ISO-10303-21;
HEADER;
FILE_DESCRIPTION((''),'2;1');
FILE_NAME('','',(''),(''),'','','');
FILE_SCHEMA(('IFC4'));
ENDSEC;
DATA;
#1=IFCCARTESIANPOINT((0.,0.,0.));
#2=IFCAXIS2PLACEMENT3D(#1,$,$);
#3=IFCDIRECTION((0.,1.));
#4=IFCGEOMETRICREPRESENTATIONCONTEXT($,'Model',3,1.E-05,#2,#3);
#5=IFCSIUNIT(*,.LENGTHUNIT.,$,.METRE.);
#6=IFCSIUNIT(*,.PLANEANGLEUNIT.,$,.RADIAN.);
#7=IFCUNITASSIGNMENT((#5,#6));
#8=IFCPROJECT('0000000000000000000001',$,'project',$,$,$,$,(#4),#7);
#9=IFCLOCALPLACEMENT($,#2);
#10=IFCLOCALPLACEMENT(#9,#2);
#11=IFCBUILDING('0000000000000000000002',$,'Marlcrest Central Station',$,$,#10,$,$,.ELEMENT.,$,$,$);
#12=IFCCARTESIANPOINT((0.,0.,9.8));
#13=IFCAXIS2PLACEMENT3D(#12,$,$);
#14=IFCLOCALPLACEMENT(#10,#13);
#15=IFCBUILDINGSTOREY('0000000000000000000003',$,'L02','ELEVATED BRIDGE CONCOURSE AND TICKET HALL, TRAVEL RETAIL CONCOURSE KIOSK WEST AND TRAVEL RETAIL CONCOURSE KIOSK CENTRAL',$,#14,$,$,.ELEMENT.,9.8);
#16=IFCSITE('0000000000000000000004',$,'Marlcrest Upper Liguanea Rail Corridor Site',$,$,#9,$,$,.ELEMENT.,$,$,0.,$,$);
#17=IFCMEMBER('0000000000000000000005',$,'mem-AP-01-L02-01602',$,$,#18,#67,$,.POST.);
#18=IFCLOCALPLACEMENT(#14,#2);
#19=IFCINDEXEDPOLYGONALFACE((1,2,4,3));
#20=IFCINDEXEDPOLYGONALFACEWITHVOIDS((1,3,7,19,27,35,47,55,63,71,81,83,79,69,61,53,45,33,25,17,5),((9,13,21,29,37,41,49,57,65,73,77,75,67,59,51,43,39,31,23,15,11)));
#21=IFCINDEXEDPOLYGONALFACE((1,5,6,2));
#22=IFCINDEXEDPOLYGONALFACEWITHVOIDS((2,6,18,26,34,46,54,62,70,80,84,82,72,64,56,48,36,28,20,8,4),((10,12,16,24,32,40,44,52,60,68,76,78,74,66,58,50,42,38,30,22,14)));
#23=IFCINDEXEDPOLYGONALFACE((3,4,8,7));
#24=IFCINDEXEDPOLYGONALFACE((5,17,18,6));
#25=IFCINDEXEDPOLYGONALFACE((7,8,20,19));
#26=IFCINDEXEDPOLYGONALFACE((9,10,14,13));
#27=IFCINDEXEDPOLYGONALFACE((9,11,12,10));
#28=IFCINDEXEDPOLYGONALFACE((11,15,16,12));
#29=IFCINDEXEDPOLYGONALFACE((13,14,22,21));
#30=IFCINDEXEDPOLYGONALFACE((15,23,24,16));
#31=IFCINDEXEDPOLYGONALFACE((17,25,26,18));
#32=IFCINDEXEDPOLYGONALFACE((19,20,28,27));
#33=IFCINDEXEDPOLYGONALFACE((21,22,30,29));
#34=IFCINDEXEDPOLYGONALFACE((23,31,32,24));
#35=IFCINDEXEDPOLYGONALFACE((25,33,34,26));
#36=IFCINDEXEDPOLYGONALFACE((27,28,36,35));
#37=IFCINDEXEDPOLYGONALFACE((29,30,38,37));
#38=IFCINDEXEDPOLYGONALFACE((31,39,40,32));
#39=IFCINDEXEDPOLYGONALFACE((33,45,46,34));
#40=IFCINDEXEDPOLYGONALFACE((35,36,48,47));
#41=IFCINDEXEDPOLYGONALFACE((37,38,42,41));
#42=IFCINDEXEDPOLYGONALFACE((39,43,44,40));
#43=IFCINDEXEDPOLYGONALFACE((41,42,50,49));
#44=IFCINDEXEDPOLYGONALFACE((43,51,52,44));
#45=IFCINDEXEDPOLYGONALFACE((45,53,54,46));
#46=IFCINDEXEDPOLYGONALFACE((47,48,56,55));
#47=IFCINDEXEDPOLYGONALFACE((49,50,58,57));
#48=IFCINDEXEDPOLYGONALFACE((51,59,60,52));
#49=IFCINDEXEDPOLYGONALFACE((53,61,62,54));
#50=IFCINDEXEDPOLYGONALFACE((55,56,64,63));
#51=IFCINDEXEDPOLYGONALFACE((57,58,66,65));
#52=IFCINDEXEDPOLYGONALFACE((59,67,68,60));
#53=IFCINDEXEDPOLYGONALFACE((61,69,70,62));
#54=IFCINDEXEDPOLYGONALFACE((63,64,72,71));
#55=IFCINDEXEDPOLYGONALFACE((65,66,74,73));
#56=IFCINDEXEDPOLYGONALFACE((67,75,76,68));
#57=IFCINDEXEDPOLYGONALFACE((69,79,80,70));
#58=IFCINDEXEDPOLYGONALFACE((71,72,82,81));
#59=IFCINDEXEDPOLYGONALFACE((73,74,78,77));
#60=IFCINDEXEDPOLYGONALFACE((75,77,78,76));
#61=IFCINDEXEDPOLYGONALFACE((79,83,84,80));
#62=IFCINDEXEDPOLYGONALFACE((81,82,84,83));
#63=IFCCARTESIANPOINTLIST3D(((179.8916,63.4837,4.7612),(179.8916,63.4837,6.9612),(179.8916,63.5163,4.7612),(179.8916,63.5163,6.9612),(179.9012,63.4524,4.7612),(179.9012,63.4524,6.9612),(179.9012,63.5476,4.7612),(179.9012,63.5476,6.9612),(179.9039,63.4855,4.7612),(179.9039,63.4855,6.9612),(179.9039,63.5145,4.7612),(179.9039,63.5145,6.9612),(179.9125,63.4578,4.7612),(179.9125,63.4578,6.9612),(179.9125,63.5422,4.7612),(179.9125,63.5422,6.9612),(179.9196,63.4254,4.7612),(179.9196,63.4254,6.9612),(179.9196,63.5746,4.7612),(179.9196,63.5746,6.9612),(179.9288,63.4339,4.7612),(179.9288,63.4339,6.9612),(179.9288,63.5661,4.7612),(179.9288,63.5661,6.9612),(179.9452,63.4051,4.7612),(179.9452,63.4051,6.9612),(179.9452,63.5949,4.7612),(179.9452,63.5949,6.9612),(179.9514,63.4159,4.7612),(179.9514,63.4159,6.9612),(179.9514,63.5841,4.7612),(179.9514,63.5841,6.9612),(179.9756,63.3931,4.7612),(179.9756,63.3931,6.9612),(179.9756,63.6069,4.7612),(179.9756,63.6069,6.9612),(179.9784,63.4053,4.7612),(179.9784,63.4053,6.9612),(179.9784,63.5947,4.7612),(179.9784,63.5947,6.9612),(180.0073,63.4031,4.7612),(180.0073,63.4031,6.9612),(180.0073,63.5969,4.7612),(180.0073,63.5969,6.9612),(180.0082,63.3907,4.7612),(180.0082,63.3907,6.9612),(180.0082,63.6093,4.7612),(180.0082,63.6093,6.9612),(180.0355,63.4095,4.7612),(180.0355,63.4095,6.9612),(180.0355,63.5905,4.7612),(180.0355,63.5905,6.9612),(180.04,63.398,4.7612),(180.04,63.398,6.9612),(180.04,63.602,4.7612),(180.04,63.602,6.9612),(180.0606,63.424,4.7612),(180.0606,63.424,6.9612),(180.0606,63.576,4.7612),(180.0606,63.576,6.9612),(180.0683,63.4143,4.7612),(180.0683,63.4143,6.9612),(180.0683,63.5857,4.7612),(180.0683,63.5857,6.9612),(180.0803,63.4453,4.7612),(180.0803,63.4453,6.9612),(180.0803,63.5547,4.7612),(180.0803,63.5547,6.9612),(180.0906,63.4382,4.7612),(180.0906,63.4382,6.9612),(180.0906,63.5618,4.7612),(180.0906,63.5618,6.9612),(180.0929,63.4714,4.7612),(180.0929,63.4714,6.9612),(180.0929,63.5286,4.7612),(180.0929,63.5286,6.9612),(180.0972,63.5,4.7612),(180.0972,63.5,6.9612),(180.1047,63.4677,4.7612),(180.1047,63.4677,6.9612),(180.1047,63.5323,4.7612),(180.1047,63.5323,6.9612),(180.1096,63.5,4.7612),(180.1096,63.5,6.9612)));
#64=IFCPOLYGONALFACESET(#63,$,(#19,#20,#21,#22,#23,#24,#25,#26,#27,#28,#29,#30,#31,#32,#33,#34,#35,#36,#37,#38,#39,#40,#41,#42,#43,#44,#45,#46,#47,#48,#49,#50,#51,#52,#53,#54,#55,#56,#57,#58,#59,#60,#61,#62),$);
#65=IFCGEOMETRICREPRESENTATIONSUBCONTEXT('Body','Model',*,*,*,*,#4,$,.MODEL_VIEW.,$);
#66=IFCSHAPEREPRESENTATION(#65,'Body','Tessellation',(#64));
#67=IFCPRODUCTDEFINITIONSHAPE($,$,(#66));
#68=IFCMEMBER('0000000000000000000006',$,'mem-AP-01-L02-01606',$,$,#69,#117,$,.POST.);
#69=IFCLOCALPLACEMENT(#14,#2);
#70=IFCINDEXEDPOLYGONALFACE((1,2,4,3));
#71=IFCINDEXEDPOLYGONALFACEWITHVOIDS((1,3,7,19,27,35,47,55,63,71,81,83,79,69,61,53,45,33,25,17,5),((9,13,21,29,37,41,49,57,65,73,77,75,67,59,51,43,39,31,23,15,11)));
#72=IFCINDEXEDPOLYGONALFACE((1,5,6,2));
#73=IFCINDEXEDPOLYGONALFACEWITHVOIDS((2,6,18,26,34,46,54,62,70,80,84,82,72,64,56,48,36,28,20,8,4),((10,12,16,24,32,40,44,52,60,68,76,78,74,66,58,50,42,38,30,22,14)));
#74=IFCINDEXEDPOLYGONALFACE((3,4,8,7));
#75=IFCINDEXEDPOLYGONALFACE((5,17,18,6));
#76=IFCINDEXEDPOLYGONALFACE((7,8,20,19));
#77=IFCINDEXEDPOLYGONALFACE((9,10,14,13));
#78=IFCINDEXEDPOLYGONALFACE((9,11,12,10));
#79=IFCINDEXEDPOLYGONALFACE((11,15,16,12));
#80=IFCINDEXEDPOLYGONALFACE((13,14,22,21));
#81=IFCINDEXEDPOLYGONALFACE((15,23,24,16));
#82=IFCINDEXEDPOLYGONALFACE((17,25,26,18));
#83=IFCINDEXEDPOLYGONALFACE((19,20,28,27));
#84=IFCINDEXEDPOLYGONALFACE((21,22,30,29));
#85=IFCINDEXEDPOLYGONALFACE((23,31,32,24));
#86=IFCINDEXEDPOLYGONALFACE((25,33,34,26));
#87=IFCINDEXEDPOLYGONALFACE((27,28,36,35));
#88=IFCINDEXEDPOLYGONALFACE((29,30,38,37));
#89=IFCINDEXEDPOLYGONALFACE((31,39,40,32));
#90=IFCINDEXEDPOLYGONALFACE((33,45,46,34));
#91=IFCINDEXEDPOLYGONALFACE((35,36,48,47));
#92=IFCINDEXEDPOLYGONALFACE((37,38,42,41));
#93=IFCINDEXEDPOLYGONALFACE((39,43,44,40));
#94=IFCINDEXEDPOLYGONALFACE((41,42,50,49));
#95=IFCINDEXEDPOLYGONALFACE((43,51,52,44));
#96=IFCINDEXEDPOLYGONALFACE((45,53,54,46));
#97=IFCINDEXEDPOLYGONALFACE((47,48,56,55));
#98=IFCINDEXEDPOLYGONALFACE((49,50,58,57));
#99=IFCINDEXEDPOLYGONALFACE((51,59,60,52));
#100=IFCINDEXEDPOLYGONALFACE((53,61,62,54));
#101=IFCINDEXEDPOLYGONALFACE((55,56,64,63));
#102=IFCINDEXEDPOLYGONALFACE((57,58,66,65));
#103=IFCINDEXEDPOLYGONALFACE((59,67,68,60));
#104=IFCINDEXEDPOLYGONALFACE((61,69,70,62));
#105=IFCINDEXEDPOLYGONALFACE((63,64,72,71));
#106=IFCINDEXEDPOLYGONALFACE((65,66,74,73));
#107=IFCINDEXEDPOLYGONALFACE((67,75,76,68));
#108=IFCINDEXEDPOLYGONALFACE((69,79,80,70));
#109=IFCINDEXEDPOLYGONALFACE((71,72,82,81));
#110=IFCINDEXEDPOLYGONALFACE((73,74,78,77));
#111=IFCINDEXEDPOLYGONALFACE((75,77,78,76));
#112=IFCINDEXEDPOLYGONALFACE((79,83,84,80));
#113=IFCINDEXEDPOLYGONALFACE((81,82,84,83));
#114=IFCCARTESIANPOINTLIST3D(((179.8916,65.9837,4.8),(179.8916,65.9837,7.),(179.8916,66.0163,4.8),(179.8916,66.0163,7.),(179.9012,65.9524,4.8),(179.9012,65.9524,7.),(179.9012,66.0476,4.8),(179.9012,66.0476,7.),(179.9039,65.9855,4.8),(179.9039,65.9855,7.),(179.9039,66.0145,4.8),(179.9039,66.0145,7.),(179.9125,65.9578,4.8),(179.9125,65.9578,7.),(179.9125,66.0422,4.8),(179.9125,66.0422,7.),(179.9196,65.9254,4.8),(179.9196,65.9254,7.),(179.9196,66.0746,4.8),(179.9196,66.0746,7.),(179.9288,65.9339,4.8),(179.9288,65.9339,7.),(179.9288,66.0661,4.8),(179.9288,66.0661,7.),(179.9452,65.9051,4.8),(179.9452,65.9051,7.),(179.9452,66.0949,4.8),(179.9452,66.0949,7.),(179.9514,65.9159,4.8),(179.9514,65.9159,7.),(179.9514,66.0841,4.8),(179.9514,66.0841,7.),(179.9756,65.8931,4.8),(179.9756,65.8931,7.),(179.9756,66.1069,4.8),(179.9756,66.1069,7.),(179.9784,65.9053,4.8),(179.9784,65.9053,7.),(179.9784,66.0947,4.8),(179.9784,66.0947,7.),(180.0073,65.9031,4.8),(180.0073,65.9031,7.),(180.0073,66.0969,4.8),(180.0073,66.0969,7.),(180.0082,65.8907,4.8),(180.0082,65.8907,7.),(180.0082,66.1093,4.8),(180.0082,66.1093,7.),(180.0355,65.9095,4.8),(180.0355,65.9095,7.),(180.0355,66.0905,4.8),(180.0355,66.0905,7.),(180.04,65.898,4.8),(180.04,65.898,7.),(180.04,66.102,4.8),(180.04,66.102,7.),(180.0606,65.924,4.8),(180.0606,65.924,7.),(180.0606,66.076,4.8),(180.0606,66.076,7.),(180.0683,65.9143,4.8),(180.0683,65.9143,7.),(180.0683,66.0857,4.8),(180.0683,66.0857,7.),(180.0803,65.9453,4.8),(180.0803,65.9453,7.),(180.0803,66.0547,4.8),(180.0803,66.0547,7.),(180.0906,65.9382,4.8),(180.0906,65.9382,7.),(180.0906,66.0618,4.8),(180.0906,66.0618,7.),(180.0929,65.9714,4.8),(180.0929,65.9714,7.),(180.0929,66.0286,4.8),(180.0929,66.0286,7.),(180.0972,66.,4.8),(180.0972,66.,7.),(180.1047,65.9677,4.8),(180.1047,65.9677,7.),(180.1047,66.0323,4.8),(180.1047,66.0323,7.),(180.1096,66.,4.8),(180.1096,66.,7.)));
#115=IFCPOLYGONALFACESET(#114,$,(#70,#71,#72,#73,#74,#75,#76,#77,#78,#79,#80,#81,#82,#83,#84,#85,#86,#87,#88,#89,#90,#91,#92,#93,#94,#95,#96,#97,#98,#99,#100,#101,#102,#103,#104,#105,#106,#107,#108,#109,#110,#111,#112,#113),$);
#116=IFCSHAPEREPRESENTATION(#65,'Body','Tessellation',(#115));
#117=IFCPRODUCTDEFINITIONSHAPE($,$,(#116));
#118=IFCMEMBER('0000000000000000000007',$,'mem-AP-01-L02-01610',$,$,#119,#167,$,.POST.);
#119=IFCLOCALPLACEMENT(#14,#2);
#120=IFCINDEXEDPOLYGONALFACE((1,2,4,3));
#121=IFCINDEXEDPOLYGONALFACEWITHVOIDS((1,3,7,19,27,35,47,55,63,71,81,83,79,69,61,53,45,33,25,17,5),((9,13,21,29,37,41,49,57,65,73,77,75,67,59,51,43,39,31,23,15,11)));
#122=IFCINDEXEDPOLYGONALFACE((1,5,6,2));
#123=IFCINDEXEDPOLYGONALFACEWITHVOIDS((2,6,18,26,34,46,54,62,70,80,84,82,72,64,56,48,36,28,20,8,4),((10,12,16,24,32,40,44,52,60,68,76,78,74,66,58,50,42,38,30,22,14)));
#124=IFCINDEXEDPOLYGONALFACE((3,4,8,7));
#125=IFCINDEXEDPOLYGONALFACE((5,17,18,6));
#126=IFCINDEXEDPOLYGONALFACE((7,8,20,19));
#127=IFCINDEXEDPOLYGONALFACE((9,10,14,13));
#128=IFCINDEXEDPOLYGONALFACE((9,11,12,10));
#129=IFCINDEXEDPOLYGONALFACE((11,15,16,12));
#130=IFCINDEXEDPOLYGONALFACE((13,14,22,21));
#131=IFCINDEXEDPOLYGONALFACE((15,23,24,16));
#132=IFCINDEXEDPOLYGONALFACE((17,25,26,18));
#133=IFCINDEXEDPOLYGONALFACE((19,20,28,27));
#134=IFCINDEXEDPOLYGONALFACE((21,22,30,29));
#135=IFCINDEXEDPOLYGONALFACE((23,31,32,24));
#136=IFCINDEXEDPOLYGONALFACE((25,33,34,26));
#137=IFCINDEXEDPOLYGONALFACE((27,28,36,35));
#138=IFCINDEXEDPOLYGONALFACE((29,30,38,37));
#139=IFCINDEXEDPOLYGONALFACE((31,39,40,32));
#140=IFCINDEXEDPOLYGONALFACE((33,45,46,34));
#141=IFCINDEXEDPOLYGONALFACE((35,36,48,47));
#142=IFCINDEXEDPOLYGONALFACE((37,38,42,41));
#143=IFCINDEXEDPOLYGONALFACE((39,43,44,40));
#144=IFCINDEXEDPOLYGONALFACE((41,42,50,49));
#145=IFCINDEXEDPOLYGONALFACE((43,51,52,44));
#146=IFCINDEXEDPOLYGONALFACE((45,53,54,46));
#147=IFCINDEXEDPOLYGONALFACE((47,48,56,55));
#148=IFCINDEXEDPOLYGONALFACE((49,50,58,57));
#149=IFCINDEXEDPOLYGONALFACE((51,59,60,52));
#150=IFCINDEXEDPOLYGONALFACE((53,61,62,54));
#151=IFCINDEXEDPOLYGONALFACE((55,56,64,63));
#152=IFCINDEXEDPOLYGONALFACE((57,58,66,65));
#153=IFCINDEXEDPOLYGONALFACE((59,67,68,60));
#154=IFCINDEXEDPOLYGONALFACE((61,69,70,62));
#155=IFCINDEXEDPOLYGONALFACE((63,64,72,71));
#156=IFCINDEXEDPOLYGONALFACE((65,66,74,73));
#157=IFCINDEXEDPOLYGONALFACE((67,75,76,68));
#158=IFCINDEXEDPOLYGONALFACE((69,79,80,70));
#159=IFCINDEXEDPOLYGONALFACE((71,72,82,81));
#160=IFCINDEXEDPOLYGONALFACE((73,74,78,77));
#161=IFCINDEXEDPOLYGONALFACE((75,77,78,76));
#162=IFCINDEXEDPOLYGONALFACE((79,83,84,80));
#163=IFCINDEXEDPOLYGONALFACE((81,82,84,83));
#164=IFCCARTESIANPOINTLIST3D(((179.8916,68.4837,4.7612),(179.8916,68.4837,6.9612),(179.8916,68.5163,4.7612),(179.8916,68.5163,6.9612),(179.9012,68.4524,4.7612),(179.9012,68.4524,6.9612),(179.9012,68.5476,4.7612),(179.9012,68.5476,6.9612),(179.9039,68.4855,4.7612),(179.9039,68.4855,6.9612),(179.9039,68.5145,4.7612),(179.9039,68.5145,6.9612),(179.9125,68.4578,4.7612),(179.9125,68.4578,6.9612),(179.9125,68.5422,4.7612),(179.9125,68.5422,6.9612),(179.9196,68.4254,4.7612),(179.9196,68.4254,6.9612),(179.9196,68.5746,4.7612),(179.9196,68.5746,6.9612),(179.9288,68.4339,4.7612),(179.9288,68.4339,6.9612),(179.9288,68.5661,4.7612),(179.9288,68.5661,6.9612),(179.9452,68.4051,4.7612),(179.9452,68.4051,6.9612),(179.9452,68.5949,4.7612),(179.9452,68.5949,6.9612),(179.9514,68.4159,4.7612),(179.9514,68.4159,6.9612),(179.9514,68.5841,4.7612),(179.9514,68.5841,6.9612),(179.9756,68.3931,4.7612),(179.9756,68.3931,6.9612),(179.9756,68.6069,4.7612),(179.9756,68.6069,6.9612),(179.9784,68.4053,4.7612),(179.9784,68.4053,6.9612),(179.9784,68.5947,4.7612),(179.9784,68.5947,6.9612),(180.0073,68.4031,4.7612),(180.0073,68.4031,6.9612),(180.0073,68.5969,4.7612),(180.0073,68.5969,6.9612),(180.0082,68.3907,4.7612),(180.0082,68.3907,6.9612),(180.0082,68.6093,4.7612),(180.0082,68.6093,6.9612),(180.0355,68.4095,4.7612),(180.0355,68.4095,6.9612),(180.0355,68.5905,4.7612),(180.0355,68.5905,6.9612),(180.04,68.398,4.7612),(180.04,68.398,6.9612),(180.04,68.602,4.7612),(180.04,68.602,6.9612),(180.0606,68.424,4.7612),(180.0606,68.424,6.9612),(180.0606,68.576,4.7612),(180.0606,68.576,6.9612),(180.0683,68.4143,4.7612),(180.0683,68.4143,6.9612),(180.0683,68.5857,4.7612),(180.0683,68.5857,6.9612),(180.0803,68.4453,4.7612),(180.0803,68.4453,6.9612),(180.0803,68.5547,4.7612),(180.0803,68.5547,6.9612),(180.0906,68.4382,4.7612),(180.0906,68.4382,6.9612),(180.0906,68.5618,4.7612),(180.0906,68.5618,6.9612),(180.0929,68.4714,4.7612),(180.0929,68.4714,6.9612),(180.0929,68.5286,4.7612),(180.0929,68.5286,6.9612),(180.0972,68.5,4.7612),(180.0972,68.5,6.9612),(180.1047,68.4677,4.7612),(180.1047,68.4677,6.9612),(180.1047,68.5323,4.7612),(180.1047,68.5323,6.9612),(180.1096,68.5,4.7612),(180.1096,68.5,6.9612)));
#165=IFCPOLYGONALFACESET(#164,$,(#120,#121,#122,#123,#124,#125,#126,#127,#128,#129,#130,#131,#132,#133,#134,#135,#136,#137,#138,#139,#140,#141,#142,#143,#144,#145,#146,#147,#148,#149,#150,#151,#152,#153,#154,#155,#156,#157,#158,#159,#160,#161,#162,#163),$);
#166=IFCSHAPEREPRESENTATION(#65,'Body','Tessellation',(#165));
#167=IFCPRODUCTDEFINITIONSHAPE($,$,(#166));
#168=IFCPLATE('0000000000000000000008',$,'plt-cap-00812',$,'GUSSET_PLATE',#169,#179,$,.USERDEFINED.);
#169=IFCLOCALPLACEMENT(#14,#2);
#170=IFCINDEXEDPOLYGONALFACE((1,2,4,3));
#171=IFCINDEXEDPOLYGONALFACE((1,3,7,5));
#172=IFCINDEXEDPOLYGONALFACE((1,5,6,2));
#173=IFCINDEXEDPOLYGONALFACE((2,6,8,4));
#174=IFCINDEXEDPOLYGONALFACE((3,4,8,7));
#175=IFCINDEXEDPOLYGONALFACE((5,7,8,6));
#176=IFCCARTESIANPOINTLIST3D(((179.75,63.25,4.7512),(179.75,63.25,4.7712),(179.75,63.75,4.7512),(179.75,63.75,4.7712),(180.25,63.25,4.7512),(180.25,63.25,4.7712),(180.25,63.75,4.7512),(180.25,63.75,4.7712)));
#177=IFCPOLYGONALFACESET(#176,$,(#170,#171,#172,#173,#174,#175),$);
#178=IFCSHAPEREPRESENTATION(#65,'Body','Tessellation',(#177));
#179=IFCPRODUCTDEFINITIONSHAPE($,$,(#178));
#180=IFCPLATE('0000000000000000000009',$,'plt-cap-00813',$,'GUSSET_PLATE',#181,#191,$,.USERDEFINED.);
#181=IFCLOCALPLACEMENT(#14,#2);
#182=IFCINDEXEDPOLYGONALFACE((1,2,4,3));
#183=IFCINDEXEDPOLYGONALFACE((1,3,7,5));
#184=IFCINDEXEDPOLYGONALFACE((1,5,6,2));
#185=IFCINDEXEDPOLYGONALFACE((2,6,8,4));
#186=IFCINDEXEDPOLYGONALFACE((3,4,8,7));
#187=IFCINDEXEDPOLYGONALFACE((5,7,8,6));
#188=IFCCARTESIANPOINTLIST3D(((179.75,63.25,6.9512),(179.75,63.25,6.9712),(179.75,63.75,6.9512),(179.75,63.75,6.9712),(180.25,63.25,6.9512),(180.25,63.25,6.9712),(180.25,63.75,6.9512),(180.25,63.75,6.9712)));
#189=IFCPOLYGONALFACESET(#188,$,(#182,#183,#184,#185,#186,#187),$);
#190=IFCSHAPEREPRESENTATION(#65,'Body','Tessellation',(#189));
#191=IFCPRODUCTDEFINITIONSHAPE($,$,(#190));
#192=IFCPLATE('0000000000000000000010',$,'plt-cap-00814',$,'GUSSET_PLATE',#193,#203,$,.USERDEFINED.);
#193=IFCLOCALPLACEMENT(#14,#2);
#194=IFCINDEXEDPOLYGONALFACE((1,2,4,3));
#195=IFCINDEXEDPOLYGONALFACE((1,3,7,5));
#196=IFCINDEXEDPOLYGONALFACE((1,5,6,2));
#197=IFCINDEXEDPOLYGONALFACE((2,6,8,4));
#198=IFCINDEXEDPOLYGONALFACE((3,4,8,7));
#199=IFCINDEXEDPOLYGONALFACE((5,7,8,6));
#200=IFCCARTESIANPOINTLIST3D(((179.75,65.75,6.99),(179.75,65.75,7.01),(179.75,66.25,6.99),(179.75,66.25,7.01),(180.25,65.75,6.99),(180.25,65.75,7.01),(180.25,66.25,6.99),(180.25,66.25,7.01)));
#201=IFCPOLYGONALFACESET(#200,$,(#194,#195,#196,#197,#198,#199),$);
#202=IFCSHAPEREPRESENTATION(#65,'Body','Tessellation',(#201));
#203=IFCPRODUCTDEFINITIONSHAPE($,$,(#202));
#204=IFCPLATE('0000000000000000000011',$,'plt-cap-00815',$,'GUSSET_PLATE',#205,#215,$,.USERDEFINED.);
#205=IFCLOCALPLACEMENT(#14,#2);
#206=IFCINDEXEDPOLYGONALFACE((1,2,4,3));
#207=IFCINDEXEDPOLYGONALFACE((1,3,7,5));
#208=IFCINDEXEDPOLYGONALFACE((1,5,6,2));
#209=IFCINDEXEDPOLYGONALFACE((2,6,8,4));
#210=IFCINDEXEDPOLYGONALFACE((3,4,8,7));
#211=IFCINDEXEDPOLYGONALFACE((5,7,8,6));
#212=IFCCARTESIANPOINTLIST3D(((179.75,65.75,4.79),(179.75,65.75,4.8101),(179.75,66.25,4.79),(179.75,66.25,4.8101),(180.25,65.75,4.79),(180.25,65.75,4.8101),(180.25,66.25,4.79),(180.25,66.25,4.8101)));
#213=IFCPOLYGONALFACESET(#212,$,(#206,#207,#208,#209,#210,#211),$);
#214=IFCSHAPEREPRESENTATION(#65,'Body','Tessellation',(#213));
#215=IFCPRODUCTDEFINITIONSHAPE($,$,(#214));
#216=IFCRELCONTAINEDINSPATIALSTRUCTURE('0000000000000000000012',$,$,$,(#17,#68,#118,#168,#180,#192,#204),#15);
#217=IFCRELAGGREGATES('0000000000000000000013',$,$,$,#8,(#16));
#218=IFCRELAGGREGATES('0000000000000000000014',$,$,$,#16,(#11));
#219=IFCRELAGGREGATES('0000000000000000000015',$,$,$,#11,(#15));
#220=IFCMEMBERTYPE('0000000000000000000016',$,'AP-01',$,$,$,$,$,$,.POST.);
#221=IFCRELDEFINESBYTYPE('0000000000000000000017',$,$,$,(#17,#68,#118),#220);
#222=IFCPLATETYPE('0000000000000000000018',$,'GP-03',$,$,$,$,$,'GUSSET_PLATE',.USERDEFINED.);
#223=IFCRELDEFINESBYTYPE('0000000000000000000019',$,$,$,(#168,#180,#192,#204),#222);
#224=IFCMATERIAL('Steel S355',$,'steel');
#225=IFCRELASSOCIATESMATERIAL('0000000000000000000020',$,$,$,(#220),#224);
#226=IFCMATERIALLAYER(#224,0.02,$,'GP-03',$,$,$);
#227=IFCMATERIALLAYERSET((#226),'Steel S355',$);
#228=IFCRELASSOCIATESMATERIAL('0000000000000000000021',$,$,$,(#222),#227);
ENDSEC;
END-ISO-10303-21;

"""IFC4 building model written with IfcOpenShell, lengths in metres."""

from ifc_helpers import new_model, si_unit, direction, frame, origin, origin_2d, place, context, subcontext, project, spatial, rectangle, hollow_circle, extrude, material, layer, layer_set, material_profile, profile_set, type_object, element, save


model = new_model("IFC4")

# Units and contexts
model_context = context("Model", 3, precision=1e-05, world=origin(), true_north=direction((0.0, 1.0)))
body_context = subcontext(model_context, "Body", "Model", "MODEL_VIEW")
ifc_project = project(units=[si_unit("LENGTHUNIT", "METRE"), si_unit("PLANEANGLEUNIT", "RADIAN")], contexts=[model_context])

# Site, building, storey
site_placement = place(None, origin())
site = spatial("IfcSite", under=ifc_project, at=site_placement, Name="Marlcrest Upper Liguanea Rail Corridor Site", CompositionType="ELEMENT", RefElevation=0.0)
building_placement = place(site_placement, origin())
building = spatial("IfcBuilding", under=site, at=building_placement, Name="Marlcrest Central Station", CompositionType="ELEMENT")
storey_placement = place(building_placement, frame((0.0, 0.0, 9.8)))
storey = spatial("IfcBuildingStorey", under=building, at=storey_placement, Name="L02", Description="ELEVATED BRIDGE CONCOURSE AND TICKET HALL, TRAVEL RETAIL CONCOURSE KIOSK WEST AND TRAVEL RETAIL CONCOURSE KIOSK CENTRAL", CompositionType="ELEMENT", Elevation=9.8)

# Members
ifc_material = material(Name="Steel S355", Category="steel")
ifc_material_profile_1 = material_profile(ifc_material, hollow_circle(Radius=0.1096, WallThickness=0.0125, at=origin_2d()), Name="CHS 219.1x12.5")
ifc_profile_set_1 = profile_set([ifc_material_profile_1], Name="Steel S355")
member_type_1 = type_object("IfcMemberType", Name="AP-01", PredefinedType="POST", material=ifc_profile_set_1)
for number, where, z_axis, x_axis, name in (
    (1, (180.0, 63.5, 4.7612), (0.0, 0.0, 1.0), (1.0, 0.0, 0.0), "mem-AP-01-L02-01602"),
    (2, (180.0, 66.0, 4.8), (0.0, 0.0, 1.0), (1.0, 0.0, 0.0), "mem-AP-01-L02-01606"),
    (3, (180.0, 68.5, 4.7612), (0.0, 0.0, 1.0), (1.0, 0.0, 0.0), "mem-AP-01-L02-01610"),
):
    element("IfcMember", number, at=place(storey_placement, frame(where, z_axis=z_axis, x_axis=x_axis)), inside=storey, type_object=member_type_1, Name=name, PredefinedType="POST", context=body_context, shape_type="SweptSolid", body=[
        extrude(hollow_circle(Radius=0.1096, WallThickness=0.0125, at=origin_2d()), origin(), (0.0, 0.0, 1.0), 2.2),
    ])

# Plates
ifc_layer = layer(ifc_material, 0.02, Name="GP-03")
ifc_layer_set = layer_set([ifc_layer], Name="Steel S355")
plate_type = type_object("IfcPlateType", Name="GP-03", ElementType="GUSSET_PLATE", PredefinedType="USERDEFINED", material=ifc_layer_set)
for number, where, z_axis, x_axis, name in (
    (4, (180.0, 63.5, 4.7512), (0.0, 0.0, 1.0), (1.0, 0.0, 0.0), "plt-cap-00812"),
    (5, (180.0, 63.5, 6.9512), (0.0, 0.0, 1.0), (1.0, 0.0, 0.0), "plt-cap-00813"),
    (6, (180.0, 66.0, 6.99), (0.0, 0.0, 1.0), (1.0, 0.0, 0.0), "plt-cap-00814"),
    (7, (180.0, 66.0, 4.79), (0.0, 0.0, 1.0), (1.0, 0.0, 0.0), "plt-cap-00815"),
):
    element("IfcPlate", number, at=place(storey_placement, frame(where, z_axis=z_axis, x_axis=x_axis)), inside=storey, type_object=plate_type, Name=name, ObjectType="GUSSET_PLATE", PredefinedType="USERDEFINED", context=body_context, shape_type="SweptSolid", body=[
        extrude(rectangle(XDim=0.5, YDim=0.5, at=origin_2d()), origin(), (0.0, 0.0, 1.0), 0.02),
    ])

save(model, "model.ifc")
